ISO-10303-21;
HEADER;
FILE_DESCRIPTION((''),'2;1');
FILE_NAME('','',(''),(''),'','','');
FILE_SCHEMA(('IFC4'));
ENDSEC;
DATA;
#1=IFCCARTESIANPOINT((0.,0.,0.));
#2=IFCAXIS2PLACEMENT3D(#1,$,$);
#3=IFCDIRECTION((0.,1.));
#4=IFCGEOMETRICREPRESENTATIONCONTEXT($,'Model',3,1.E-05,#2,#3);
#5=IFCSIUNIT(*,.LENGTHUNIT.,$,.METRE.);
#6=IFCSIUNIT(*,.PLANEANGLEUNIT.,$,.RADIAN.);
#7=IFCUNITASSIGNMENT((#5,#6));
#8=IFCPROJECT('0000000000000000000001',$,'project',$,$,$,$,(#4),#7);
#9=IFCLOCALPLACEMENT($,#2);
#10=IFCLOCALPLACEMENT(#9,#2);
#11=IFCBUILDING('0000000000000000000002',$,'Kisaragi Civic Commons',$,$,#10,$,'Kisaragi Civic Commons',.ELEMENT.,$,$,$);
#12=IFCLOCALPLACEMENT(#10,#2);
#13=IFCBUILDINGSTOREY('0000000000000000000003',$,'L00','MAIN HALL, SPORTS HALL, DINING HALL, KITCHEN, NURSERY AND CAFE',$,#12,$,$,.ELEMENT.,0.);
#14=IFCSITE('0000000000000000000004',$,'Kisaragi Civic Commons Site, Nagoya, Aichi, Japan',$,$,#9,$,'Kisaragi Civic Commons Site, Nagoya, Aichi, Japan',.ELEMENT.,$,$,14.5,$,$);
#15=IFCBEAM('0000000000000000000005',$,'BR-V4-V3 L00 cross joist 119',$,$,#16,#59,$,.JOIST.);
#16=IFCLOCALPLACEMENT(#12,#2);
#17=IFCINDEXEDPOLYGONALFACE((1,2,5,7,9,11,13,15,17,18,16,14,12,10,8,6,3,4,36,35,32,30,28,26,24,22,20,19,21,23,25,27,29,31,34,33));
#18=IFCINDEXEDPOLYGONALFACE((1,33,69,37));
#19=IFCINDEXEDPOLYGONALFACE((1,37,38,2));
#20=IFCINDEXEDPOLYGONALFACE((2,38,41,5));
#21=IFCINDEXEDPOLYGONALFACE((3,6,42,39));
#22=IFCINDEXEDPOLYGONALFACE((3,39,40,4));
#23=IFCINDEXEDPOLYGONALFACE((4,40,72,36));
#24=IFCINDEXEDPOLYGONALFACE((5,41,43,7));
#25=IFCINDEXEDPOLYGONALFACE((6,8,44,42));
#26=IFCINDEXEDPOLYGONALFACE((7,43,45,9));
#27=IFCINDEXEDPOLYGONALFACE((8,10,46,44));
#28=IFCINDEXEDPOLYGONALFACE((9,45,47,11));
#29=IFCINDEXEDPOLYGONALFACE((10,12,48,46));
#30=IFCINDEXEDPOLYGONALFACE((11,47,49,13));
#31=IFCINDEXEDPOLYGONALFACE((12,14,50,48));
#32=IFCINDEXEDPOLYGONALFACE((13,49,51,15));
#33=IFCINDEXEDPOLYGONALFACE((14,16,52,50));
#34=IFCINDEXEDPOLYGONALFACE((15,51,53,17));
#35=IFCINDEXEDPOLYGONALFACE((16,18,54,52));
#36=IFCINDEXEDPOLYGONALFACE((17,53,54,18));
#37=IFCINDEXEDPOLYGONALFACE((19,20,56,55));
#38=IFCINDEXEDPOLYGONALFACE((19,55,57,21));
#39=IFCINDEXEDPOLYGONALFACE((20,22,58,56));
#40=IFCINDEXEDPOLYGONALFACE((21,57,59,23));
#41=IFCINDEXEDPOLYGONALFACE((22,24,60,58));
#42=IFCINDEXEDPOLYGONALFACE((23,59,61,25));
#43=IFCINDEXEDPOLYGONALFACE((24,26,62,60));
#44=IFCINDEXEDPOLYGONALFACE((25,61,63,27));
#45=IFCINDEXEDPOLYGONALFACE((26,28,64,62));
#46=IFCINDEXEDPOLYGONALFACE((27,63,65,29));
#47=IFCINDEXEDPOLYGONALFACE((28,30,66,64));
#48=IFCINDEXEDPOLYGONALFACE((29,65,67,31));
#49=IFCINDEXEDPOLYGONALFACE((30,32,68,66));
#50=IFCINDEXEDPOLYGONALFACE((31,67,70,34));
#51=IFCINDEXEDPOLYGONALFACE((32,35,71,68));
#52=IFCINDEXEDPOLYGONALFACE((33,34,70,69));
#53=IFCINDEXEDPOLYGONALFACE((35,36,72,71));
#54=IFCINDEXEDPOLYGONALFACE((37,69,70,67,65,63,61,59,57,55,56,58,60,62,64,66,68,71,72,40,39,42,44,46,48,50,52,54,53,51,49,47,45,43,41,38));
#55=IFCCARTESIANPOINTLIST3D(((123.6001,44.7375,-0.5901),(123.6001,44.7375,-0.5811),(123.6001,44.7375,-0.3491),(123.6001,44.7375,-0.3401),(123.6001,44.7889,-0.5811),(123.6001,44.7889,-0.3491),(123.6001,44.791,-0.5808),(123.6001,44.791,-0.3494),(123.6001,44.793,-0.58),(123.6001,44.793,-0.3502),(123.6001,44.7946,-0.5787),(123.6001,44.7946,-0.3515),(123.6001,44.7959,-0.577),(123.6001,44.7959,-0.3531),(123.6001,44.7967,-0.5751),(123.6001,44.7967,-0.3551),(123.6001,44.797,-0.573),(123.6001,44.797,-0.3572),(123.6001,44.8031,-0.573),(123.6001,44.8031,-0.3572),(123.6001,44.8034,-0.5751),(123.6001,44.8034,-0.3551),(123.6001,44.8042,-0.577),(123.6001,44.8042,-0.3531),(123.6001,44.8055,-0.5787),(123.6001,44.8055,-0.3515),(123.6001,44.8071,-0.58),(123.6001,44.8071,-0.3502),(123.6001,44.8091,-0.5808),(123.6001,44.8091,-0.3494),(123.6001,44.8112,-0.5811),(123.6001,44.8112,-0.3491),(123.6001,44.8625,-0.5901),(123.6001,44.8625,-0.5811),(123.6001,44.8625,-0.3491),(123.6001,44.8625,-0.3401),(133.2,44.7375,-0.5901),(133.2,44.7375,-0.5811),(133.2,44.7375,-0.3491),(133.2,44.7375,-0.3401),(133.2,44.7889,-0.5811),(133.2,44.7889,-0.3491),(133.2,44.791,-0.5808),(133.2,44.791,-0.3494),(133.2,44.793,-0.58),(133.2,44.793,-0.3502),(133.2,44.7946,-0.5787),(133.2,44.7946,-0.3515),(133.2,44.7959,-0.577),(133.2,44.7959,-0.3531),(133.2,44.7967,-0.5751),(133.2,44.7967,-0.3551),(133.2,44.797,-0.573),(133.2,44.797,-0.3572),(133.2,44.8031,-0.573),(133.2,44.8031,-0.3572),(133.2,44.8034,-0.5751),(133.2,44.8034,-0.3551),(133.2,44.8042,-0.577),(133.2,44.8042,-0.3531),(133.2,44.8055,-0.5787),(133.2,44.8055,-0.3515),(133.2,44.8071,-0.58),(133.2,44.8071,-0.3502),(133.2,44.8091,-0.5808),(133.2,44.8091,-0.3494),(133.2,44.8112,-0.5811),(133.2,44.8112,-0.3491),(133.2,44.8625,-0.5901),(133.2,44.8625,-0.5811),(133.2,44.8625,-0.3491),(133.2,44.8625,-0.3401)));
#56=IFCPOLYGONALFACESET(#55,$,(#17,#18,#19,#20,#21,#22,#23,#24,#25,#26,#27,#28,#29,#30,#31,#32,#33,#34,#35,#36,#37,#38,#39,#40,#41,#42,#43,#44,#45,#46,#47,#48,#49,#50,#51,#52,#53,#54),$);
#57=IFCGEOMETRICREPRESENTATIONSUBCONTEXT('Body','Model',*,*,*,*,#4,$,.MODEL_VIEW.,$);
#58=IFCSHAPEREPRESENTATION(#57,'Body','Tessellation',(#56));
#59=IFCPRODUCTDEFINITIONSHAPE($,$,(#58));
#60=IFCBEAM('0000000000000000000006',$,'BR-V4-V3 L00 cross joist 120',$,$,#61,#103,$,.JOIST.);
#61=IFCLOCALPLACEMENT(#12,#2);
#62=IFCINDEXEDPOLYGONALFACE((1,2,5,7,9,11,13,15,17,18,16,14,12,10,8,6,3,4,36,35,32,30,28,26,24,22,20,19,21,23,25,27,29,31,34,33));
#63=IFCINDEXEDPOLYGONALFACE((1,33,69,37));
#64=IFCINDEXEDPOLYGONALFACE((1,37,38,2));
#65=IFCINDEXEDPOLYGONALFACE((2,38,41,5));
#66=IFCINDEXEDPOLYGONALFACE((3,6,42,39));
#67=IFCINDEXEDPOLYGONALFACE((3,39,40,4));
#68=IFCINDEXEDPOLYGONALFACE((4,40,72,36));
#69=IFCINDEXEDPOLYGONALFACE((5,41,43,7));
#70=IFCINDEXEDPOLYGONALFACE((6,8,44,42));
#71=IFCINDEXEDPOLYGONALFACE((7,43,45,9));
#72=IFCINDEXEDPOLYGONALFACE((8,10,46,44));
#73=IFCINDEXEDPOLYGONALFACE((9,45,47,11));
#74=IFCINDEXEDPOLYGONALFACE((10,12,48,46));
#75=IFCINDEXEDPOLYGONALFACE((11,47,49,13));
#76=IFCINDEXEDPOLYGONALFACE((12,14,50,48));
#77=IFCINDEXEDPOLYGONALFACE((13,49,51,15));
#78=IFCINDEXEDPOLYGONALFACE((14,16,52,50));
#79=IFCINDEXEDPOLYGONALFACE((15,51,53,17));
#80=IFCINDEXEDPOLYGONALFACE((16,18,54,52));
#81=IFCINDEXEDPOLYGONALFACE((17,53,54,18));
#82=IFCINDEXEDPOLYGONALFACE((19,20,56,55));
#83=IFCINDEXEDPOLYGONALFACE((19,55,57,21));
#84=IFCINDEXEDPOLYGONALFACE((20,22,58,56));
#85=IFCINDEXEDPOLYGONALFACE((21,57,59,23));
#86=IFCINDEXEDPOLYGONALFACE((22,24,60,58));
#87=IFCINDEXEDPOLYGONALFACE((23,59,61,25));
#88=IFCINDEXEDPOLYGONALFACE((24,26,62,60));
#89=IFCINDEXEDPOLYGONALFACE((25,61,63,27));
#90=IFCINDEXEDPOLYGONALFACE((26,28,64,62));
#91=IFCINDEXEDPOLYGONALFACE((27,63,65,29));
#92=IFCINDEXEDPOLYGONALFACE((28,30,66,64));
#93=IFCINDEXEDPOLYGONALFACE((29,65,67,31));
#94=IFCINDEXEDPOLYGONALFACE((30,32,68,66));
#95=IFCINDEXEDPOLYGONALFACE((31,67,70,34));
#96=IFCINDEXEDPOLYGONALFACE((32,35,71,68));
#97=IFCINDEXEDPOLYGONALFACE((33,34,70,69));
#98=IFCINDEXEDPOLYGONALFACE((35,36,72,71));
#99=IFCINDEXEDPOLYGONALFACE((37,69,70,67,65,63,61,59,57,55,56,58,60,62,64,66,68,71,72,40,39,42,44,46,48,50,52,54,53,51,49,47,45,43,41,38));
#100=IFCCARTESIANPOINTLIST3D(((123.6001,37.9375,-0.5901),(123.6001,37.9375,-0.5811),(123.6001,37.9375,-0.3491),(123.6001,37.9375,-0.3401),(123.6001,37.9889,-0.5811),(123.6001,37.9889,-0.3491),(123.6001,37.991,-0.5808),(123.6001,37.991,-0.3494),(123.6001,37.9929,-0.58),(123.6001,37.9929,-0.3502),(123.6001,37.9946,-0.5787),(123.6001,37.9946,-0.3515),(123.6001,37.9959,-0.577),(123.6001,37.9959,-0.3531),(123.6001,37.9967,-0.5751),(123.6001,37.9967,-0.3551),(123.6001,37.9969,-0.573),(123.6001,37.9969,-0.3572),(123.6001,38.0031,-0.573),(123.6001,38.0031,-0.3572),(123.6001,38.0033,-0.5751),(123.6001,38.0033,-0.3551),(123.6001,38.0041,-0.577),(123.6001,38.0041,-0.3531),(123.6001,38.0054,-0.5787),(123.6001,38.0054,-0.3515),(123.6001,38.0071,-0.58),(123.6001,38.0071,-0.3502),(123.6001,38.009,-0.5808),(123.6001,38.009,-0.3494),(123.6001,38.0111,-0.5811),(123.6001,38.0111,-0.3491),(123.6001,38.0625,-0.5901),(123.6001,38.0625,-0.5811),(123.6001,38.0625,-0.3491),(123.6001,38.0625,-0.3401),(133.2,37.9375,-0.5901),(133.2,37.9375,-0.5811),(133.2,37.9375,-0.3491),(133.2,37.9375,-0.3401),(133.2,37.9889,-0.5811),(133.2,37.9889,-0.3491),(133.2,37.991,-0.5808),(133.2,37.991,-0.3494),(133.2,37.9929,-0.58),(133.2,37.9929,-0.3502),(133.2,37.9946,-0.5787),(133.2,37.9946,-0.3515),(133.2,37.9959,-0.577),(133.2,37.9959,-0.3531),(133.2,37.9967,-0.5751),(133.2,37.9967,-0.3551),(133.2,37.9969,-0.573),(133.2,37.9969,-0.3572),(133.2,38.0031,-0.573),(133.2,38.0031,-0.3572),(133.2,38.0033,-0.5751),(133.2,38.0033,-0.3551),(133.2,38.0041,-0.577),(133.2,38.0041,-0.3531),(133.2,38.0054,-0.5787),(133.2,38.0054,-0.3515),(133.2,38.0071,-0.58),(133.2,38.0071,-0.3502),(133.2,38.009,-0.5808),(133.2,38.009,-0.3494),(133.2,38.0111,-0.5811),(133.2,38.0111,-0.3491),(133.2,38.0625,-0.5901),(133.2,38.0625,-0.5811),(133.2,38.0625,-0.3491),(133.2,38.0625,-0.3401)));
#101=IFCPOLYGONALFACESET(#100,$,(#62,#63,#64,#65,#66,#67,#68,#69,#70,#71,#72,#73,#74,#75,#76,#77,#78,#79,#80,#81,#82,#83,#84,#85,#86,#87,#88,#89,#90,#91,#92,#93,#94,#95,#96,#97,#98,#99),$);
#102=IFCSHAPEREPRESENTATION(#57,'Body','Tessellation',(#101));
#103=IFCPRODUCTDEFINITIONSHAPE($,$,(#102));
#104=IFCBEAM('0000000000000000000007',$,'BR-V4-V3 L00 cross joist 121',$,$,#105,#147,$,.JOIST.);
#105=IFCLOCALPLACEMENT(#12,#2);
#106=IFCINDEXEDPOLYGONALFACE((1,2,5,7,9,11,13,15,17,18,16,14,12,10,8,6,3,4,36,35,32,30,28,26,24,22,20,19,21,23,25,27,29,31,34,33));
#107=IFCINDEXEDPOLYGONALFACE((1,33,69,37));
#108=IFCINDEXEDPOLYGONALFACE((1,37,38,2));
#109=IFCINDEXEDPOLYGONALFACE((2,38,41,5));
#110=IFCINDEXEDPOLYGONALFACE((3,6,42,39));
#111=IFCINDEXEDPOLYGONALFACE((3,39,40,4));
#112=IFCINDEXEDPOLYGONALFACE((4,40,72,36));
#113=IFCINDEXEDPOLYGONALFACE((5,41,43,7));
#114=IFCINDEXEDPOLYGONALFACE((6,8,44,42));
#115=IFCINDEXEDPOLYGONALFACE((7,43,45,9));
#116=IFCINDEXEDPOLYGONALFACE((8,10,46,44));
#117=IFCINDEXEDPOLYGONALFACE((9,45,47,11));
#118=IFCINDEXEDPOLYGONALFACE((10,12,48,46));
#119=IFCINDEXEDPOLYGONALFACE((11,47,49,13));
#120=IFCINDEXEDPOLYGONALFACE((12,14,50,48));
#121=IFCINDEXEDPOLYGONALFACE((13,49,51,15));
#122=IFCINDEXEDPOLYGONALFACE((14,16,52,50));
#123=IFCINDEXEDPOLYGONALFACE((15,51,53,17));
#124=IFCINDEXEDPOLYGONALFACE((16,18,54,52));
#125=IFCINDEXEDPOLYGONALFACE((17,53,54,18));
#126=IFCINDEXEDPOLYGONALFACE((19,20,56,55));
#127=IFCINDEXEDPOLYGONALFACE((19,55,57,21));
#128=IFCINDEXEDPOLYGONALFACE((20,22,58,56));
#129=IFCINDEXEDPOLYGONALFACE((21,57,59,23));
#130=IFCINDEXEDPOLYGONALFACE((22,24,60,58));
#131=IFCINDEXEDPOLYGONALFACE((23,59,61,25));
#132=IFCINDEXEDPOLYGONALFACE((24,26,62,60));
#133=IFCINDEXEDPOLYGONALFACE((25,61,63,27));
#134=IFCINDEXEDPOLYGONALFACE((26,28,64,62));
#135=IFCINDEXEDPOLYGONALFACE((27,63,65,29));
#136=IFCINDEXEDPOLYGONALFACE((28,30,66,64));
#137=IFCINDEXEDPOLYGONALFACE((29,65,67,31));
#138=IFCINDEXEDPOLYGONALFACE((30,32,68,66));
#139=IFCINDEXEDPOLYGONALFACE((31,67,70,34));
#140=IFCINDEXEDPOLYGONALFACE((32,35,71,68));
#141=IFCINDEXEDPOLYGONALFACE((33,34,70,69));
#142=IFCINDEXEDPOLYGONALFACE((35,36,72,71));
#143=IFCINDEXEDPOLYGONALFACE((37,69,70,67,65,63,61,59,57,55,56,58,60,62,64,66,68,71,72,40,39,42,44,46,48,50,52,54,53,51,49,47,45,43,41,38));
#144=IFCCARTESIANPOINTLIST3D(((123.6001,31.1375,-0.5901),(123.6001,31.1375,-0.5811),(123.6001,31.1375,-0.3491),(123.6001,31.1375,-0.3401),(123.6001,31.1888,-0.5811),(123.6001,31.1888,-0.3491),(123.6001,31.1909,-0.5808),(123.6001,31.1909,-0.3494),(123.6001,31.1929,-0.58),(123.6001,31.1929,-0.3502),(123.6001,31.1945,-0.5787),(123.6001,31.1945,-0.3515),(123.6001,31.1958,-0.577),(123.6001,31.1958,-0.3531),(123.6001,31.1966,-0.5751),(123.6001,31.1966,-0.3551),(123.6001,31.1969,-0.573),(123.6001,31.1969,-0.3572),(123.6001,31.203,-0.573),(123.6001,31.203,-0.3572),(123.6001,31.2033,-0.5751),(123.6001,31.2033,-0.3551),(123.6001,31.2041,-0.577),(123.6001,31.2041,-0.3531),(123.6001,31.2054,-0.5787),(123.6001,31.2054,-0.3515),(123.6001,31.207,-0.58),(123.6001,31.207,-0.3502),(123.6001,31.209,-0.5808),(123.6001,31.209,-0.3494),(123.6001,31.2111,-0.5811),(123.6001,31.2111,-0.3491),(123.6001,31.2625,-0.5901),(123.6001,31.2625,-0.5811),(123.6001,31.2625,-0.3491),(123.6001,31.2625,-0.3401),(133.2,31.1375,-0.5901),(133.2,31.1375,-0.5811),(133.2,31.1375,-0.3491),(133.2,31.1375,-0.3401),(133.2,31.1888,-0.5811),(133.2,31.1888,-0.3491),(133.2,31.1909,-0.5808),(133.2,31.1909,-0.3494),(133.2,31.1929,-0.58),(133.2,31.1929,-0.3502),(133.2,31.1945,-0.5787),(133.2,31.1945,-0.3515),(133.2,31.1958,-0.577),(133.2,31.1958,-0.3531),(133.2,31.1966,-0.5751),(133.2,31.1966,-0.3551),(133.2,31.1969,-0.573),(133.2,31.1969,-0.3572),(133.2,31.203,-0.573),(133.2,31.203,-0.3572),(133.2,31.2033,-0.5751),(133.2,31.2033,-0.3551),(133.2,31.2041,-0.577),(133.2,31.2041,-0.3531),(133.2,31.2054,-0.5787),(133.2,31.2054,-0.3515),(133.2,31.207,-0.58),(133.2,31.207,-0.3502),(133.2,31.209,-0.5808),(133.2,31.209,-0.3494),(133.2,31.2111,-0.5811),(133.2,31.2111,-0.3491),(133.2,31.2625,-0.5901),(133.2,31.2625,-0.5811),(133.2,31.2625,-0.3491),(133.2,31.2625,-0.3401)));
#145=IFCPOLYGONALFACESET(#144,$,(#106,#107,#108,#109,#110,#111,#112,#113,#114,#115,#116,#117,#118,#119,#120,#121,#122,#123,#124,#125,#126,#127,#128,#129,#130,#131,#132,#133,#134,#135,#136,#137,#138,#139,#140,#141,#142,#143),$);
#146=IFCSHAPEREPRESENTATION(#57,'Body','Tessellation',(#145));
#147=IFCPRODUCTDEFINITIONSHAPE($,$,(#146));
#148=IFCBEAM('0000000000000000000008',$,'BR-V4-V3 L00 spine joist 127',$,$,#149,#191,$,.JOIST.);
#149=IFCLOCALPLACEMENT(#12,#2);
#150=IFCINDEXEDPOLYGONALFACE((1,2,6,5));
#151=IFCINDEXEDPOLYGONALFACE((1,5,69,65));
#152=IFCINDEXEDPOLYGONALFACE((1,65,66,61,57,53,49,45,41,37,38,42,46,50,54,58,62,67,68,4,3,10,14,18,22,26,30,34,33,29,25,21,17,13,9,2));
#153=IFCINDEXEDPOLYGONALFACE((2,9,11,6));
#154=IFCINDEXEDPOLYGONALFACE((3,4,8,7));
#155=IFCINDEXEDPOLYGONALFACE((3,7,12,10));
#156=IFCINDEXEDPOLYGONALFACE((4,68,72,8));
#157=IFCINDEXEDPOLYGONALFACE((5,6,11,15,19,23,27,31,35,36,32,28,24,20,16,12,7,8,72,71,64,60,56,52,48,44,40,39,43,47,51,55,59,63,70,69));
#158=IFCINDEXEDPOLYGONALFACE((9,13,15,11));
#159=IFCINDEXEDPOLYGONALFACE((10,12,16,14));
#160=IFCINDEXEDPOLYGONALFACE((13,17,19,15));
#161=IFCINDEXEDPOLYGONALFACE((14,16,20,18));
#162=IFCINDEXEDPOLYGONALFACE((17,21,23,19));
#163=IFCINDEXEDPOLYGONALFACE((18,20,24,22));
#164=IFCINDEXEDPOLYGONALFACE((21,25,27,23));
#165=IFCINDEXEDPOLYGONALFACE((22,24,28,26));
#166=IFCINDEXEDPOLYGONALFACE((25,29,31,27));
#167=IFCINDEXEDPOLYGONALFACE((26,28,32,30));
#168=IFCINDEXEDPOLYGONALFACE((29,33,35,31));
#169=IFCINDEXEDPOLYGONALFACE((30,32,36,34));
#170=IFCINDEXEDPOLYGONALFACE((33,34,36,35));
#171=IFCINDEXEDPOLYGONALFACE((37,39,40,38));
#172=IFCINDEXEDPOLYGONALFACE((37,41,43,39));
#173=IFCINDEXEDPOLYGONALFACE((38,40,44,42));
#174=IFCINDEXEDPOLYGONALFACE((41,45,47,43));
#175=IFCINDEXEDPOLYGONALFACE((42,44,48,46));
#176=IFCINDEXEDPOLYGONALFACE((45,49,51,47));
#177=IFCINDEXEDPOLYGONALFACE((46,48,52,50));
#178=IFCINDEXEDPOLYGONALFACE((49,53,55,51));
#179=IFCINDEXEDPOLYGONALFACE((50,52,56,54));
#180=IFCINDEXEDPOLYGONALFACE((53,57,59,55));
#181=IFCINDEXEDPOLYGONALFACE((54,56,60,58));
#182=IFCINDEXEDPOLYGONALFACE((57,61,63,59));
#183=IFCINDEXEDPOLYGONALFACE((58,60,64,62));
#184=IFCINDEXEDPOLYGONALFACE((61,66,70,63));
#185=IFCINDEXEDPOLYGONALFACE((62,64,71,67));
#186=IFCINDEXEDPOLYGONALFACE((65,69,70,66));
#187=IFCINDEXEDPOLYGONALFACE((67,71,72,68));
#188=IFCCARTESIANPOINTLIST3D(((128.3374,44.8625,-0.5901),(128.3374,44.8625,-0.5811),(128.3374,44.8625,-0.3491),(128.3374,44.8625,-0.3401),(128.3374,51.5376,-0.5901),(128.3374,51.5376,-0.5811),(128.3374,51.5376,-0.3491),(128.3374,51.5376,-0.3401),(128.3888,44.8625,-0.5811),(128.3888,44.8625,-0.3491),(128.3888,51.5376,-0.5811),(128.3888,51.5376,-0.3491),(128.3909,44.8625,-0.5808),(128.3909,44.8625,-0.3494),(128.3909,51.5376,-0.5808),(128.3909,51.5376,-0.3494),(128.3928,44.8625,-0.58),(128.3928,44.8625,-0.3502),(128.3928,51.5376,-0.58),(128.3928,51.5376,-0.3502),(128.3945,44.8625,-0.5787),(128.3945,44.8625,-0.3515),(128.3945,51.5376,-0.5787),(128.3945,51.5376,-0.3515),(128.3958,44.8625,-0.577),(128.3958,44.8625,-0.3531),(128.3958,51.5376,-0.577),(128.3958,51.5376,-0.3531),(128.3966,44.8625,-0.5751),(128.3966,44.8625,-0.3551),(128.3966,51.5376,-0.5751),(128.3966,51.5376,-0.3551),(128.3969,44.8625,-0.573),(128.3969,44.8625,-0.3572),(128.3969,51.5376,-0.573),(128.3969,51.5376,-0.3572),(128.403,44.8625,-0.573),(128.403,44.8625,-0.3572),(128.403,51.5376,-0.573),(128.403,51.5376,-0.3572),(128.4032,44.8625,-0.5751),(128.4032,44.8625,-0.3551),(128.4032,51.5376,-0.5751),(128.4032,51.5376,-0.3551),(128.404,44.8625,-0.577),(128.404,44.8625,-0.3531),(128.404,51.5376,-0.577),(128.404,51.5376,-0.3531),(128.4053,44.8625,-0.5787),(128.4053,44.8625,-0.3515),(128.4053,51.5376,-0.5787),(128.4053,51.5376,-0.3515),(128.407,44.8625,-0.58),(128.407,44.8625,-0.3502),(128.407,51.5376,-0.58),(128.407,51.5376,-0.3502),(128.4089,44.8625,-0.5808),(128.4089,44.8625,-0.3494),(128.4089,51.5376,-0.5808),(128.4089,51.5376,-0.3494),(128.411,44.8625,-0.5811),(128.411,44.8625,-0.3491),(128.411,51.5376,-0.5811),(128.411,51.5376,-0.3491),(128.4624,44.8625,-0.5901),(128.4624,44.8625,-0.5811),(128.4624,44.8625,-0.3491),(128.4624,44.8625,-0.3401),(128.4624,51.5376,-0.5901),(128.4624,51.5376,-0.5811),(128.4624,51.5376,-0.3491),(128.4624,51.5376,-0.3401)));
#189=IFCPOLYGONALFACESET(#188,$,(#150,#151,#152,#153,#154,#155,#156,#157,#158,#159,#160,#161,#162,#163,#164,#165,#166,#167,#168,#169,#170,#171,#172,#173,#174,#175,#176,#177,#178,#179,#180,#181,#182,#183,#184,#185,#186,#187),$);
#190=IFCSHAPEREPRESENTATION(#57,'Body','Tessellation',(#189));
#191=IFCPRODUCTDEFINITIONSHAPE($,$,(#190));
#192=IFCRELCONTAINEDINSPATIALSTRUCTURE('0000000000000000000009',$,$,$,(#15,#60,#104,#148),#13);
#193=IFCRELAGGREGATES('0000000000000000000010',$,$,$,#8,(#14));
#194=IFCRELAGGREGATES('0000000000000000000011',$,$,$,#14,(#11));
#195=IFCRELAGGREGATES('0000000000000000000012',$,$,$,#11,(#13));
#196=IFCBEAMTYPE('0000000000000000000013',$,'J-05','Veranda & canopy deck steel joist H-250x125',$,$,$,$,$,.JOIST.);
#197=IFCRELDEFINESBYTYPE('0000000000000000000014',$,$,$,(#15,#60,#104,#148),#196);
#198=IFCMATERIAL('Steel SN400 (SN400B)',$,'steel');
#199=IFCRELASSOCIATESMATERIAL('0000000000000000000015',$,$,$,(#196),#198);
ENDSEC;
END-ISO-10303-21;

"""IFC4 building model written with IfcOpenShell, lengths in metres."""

from ifc_helpers import new_model, si_unit, direction, frame, origin, origin_2d, place, context, subcontext, project, spatial, i_section, extrude, material, material_profile, profile_set, type_object, element, save


model = new_model("IFC4")

# Units and contexts
model_context = context("Model", 3, precision=1e-05, world=origin(), true_north=direction((0.0, 1.0)))
body_context = subcontext(model_context, "Body", "Model", "MODEL_VIEW")
ifc_project = project(units=[si_unit("LENGTHUNIT", "METRE"), si_unit("PLANEANGLEUNIT", "RADIAN")], contexts=[model_context])

# Site, building, storey
site_placement = place(None, origin())
site = spatial("IfcSite", under=ifc_project, at=site_placement, Name="Kisaragi Civic Commons Site, Nagoya, Aichi, Japan", LongName="Kisaragi Civic Commons Site, Nagoya, Aichi, Japan", CompositionType="ELEMENT", RefElevation=14.5)
building_placement = place(site_placement, origin())
building = spatial("IfcBuilding", under=site, at=building_placement, Name="Kisaragi Civic Commons", LongName="Kisaragi Civic Commons", CompositionType="ELEMENT")
storey_placement = place(building_placement, origin())
storey = spatial("IfcBuildingStorey", under=building, at=storey_placement, Name="L00", Description="MAIN HALL, SPORTS HALL, DINING HALL, KITCHEN, NURSERY AND CAFE", CompositionType="ELEMENT", Elevation=0.0)

# Beams
ifc_material_1 = material(Name="Steel SN400 (SN400B)", Category="steel")
ifc_material_profile_1 = material_profile(ifc_material_1, i_section(OverallWidth=0.125, OverallDepth=0.25, WebThickness=0.0061, FlangeThickness=0.009, FilletRadius=0.0081, at=origin_2d()), Name="H-250x125x6x9", Category="steel")
ifc_profile_set_1 = profile_set([ifc_material_profile_1], Name="Steel SN400 (SN400B)")
beam_type_1 = type_object("IfcBeamType", Name="J-05", Description="Veranda & canopy deck steel joist H-250x125", PredefinedType="JOIST", material=ifc_profile_set_1)
for number, where, z_axis, x_axis, name in (
    (1, (123.6001, 44.8, -0.4651), (1.0, 0.0, 0.0), (0.0, 1.0, 0.0), "BR-V4-V3 L00 cross joist 119"),
    (2, (123.6001, 38.0, -0.4651), (1.0, 0.0, 0.0), (0.0, 1.0, 0.0), "BR-V4-V3 L00 cross joist 120"),
    (3, (123.6001, 31.2, -0.4651), (1.0, 0.0, 0.0), (0.0, 1.0, 0.0), "BR-V4-V3 L00 cross joist 121"),
):
    element("IfcBeam", number, at=place(storey_placement, frame(where, z_axis=z_axis, x_axis=x_axis)), inside=storey, type_object=beam_type_1, Name=name, PredefinedType="JOIST", context=body_context, shape_type="SweptSolid", body=[
        extrude(i_section(OverallWidth=0.125, OverallDepth=0.25, WebThickness=0.0061, FlangeThickness=0.009, FilletRadius=0.0081, at=origin_2d()), origin(), (0.0, 0.0, 1.0), 9.5999),
    ])
for number, where, z_axis, x_axis, name in (
    (4, (128.3999, 51.5376, -0.4651), (0.0, -1.0, 0.0), (1.0, 0.0, 0.0), "BR-V4-V3 L00 spine joist 127"),
):
    element("IfcBeam", number, at=place(storey_placement, frame(where, z_axis=z_axis, x_axis=x_axis)), inside=storey, type_object=beam_type_1, Name=name, PredefinedType="JOIST", context=body_context, shape_type="SweptSolid", body=[
        extrude(i_section(OverallWidth=0.125, OverallDepth=0.25, WebThickness=0.0061, FlangeThickness=0.009, FilletRadius=0.0081, at=origin_2d()), origin(), (0.0, 0.0, 1.0), 6.675),
    ])

save(model, "model.ifc")
